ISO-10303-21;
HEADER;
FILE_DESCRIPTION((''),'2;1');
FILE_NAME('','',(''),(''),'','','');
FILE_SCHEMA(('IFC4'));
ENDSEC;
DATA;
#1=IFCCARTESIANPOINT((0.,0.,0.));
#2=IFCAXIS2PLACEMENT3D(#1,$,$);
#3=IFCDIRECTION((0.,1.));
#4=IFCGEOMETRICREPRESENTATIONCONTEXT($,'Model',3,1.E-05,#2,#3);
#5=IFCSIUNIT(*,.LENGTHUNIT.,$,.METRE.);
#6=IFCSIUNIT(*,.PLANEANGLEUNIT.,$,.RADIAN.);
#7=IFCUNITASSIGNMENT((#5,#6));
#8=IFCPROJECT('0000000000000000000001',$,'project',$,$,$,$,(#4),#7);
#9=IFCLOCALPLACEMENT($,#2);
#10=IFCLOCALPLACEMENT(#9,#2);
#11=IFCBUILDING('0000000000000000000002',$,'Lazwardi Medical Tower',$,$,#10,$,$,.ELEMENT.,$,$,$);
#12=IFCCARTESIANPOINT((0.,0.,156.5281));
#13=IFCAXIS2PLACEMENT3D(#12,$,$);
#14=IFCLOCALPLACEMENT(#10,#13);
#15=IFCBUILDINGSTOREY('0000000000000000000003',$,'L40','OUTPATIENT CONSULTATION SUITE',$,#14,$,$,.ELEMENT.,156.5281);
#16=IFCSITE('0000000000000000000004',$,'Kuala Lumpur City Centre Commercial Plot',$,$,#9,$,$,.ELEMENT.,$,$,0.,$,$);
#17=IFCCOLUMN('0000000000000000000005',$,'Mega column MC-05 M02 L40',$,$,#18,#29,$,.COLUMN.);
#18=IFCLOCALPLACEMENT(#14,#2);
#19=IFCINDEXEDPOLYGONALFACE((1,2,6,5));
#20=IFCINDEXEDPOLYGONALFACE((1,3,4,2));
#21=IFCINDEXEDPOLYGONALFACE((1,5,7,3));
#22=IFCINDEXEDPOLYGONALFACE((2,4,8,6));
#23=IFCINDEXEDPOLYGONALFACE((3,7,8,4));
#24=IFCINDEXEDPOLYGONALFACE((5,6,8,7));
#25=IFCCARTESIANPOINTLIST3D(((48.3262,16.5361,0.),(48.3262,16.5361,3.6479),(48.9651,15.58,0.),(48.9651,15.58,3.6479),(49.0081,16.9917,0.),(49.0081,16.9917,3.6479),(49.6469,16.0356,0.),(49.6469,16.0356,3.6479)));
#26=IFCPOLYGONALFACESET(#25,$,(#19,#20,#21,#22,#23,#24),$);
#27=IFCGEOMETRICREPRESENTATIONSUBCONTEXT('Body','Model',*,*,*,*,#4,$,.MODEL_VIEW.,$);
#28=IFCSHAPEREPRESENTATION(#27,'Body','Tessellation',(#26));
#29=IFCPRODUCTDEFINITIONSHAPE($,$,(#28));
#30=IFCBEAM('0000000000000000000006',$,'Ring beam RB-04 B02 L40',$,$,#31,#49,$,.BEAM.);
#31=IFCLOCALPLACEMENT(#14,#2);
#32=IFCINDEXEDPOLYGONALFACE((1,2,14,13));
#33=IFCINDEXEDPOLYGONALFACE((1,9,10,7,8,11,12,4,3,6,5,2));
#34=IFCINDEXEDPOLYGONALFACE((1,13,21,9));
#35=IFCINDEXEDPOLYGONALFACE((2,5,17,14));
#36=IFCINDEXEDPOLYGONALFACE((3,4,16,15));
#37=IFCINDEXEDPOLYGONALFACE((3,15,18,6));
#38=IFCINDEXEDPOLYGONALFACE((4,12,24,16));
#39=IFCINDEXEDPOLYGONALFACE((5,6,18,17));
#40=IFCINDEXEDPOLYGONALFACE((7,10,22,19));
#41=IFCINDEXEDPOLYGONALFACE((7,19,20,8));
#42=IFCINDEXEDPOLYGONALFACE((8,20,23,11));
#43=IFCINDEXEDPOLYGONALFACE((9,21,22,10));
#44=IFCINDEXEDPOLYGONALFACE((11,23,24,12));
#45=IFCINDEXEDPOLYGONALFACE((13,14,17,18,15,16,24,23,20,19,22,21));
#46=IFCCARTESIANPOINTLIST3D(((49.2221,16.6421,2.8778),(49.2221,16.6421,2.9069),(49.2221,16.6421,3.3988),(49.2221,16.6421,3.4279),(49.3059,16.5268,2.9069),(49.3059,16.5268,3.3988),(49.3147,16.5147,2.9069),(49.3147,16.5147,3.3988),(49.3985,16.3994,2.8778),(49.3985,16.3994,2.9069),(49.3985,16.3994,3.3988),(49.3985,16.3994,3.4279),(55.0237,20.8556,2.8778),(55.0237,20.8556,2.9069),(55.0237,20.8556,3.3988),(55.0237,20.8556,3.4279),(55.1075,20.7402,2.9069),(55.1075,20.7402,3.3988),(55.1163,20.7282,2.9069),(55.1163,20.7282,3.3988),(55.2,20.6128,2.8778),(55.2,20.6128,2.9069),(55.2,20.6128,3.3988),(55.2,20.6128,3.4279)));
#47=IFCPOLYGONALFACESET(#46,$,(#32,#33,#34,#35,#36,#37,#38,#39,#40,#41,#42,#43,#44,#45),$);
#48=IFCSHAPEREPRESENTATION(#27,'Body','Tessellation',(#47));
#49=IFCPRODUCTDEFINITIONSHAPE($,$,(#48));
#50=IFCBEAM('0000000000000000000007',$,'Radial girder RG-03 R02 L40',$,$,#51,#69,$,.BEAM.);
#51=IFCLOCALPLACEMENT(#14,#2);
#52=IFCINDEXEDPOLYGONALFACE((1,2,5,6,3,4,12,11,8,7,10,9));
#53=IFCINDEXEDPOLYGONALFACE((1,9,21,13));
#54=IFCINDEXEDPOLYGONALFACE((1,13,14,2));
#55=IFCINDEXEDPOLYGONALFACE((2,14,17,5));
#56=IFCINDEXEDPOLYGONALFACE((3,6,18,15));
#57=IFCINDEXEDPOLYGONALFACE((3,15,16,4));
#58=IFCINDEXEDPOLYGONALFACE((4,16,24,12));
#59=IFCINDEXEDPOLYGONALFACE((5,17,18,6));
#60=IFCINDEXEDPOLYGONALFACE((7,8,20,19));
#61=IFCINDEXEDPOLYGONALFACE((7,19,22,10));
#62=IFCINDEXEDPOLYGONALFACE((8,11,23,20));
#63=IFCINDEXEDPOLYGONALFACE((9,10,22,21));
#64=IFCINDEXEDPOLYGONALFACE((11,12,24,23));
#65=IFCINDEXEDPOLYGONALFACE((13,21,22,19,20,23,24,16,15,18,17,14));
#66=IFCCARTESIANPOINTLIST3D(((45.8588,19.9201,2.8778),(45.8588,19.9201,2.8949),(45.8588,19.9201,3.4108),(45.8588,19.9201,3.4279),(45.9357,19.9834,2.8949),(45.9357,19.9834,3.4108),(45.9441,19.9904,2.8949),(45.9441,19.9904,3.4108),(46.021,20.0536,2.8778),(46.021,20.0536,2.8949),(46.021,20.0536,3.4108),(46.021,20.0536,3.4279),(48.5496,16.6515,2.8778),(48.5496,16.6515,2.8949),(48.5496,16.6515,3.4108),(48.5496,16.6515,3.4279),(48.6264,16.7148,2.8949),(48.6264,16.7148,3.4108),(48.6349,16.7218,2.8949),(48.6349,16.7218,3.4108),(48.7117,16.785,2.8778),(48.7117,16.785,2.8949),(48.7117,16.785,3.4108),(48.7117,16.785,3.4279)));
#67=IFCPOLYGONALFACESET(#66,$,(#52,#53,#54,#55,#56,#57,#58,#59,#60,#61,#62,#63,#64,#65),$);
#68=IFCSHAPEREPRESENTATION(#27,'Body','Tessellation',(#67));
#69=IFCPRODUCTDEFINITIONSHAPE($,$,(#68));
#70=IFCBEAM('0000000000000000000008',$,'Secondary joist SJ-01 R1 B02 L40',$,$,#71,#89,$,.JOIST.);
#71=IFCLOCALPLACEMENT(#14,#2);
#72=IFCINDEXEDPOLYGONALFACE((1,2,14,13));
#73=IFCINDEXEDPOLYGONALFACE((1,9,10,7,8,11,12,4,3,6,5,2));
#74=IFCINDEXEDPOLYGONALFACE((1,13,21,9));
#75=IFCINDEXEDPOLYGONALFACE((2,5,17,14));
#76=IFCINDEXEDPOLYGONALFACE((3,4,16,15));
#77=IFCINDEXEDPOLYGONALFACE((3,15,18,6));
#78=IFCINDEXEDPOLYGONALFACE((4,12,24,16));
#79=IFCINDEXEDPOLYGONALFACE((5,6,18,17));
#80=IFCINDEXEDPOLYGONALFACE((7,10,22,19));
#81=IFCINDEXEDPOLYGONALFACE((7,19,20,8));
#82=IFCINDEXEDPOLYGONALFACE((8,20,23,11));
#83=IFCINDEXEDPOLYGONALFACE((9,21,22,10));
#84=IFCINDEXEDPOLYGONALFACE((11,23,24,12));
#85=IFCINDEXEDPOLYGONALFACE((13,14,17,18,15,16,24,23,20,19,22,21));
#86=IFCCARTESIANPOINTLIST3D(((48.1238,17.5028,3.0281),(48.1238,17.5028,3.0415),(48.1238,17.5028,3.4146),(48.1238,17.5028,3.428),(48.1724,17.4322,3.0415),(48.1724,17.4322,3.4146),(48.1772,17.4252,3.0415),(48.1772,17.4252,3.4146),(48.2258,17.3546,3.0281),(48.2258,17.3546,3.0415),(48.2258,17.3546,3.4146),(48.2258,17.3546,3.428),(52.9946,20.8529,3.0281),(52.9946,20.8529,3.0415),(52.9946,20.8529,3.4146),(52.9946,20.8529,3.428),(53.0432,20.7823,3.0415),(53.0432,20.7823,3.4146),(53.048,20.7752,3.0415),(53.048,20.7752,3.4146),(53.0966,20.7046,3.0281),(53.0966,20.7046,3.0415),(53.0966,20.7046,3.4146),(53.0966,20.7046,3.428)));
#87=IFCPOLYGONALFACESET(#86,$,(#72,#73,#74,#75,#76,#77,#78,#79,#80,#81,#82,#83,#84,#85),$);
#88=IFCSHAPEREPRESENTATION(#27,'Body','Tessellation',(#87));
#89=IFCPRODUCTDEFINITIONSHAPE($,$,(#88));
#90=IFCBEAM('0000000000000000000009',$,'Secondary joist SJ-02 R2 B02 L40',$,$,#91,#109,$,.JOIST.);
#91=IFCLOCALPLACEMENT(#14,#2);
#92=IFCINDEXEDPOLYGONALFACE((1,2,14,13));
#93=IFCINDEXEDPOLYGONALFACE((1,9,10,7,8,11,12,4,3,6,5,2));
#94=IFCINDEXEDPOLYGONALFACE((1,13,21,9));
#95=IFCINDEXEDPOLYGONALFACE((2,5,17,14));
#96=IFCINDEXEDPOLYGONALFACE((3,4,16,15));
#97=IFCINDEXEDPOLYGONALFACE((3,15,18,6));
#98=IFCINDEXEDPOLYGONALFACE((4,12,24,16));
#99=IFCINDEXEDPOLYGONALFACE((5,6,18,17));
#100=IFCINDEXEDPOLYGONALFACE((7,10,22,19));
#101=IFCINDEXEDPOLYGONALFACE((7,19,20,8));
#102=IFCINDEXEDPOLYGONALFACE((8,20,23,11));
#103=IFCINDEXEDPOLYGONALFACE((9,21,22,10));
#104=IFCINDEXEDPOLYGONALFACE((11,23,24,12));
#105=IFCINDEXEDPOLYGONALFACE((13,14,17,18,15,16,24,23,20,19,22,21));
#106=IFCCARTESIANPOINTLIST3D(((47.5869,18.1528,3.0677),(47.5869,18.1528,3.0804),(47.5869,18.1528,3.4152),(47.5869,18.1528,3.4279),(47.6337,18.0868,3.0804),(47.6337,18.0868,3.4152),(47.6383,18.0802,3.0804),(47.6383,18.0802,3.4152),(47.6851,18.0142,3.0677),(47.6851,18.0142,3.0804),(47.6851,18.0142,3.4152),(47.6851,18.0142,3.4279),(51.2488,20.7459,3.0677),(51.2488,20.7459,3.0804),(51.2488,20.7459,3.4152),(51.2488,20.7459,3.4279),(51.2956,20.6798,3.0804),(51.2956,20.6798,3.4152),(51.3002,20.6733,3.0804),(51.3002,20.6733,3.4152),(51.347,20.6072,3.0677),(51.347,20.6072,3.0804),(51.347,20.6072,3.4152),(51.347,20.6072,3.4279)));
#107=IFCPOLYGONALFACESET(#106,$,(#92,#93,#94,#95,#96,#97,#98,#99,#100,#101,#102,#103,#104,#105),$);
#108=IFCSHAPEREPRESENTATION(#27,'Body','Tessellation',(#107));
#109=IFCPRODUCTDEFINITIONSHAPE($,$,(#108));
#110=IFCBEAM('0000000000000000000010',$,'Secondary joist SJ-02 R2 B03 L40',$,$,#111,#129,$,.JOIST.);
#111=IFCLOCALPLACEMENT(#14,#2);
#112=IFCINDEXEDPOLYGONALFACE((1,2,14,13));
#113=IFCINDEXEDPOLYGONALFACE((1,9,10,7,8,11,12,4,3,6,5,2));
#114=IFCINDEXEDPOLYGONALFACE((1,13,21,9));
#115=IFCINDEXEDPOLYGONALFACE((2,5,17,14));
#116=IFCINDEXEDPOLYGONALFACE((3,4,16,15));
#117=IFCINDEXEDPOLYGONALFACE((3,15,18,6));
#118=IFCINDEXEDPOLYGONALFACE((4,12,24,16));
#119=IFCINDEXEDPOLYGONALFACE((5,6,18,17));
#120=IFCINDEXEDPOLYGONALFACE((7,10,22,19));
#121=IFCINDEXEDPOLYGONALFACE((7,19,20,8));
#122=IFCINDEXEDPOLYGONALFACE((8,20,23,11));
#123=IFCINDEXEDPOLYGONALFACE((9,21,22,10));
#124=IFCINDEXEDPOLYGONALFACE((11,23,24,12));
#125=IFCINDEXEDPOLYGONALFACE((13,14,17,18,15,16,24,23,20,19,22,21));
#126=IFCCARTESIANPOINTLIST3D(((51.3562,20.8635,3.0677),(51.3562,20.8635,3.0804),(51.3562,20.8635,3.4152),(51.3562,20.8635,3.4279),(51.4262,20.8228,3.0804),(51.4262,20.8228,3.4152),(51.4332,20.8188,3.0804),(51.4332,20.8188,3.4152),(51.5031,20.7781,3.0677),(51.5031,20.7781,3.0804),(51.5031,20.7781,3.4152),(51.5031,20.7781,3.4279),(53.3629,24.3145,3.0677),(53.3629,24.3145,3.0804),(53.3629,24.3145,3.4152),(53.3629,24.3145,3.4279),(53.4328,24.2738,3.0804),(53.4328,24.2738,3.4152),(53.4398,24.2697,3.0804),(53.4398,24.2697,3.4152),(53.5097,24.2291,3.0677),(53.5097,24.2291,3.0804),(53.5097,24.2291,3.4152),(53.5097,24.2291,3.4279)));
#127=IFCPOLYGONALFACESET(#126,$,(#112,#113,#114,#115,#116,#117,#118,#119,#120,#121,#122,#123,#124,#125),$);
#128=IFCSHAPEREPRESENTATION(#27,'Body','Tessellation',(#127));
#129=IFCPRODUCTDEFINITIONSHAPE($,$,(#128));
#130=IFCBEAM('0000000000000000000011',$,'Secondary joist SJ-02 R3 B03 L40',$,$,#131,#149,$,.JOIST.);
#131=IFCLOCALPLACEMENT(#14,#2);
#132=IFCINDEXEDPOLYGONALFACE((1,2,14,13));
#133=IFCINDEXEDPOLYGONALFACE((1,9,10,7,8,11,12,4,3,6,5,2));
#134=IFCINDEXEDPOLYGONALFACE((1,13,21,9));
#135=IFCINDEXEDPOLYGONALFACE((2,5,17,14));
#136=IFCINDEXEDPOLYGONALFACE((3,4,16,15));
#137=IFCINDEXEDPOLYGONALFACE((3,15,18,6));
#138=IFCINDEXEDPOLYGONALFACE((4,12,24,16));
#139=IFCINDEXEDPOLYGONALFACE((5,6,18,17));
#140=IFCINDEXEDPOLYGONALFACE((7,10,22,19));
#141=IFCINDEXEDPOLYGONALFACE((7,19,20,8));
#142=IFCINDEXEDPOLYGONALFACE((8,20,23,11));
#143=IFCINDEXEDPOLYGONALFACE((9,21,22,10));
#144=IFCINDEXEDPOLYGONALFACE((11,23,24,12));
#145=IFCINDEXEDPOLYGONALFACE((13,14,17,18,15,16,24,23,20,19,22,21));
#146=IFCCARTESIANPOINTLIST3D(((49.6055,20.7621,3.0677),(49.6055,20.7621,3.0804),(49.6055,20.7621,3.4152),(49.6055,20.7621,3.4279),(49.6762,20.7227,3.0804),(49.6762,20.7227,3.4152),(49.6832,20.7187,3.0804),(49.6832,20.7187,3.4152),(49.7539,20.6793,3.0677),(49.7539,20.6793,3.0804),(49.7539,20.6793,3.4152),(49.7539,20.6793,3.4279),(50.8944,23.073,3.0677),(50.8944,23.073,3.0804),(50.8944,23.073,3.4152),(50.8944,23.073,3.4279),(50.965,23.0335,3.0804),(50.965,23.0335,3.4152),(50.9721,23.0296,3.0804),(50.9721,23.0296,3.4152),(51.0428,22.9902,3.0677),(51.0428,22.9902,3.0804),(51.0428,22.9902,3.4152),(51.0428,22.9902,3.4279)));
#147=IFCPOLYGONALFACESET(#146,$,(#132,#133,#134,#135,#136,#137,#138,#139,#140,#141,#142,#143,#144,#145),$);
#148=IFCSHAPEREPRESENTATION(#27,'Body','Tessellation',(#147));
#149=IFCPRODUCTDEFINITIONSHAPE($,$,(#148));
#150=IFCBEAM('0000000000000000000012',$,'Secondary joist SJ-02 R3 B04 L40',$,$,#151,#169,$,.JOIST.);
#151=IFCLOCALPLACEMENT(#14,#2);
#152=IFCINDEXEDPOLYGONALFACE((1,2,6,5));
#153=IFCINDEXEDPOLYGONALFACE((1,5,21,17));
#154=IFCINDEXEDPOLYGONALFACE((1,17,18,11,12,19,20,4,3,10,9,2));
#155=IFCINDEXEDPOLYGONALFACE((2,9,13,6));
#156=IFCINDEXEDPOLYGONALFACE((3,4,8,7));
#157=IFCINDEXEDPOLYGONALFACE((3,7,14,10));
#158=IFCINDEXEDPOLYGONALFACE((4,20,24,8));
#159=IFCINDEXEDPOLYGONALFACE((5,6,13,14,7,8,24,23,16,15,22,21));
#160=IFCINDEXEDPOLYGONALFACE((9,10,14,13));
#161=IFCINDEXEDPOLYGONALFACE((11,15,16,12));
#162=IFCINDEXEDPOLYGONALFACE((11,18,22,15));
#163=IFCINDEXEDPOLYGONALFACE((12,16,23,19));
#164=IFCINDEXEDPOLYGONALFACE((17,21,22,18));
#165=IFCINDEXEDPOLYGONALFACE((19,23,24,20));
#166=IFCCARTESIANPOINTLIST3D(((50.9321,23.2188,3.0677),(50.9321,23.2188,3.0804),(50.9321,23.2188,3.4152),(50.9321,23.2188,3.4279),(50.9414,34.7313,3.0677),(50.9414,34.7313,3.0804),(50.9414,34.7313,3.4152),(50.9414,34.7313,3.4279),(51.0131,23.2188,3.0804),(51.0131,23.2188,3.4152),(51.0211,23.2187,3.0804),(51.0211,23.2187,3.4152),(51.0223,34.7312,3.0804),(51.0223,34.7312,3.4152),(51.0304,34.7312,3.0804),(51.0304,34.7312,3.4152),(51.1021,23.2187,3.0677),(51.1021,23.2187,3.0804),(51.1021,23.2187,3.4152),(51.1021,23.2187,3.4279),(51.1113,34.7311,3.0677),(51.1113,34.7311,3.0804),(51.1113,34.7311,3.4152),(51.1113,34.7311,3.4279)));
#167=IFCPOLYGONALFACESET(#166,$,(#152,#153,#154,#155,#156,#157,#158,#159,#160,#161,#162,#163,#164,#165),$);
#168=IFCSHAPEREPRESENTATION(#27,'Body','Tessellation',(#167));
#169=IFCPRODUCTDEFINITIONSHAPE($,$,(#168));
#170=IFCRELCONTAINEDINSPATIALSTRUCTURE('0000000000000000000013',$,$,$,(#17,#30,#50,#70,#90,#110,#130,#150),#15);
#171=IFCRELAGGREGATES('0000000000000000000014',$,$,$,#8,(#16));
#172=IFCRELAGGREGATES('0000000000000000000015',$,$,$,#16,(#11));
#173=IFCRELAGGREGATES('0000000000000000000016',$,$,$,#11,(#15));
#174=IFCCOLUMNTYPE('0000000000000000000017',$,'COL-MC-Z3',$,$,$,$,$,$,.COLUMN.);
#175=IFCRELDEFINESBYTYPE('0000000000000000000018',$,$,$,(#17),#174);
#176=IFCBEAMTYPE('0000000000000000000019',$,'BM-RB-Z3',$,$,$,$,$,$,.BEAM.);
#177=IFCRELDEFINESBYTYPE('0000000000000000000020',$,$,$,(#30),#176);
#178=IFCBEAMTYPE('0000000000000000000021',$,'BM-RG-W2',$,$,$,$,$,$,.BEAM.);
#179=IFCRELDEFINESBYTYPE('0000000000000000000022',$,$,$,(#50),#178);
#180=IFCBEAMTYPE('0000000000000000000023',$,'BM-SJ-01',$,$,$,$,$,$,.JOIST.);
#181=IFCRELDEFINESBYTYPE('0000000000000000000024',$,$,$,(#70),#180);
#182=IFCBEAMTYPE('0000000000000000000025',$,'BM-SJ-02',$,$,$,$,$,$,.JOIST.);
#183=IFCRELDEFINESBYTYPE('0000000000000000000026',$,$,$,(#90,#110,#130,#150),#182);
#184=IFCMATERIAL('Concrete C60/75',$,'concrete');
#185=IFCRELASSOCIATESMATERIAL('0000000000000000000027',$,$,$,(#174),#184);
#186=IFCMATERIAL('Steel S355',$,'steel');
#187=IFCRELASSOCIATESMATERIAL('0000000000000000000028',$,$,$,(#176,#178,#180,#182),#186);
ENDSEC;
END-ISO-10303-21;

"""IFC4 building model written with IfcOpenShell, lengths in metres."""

from ifc_helpers import new_model, si_unit, direction, frame, origin, origin_2d, place, context, subcontext, project, spatial, rectangle, i_section, extrude, material, material_profile, profile_set, type_object, element, save


model = new_model("IFC4")

# Units and contexts
model_context = context("Model", 3, precision=1e-05, world=origin(), true_north=direction((0.0, 1.0)))
body_context = subcontext(model_context, "Body", "Model", "MODEL_VIEW")
ifc_project = project(units=[si_unit("LENGTHUNIT", "METRE"), si_unit("PLANEANGLEUNIT", "RADIAN")], contexts=[model_context])

# Site, building, storey
site_placement = place(None, origin())
site = spatial("IfcSite", under=ifc_project, at=site_placement, Name="Kuala Lumpur City Centre Commercial Plot", CompositionType="ELEMENT", RefElevation=0.0)
building_placement = place(site_placement, origin())
building = spatial("IfcBuilding", under=site, at=building_placement, Name="Lazwardi Medical Tower", CompositionType="ELEMENT")
storey_placement = place(building_placement, frame((0.0, 0.0, 156.5281)))
storey = spatial("IfcBuildingStorey", under=building, at=storey_placement, Name="L40", Description="OUTPATIENT CONSULTATION SUITE", CompositionType="ELEMENT", Elevation=156.5281)

# Column
ifc_material_1 = material(Name="Concrete C60/75", Category="concrete")
ifc_material_profile_1 = material_profile(ifc_material_1, rectangle(XDim=1.1499, YDim=0.8201, at=origin_2d()), Name="CFT-RECT 1150x820")
ifc_profile_set_1 = profile_set([ifc_material_profile_1], Name="Concrete C60/75")
column_type = type_object("IfcColumnType", Name="COL-MC-Z3", PredefinedType="COLUMN", material=ifc_profile_set_1)
column_placement = place(storey_placement, frame((48.9866, 16.2859, 0.0), z_axis=(0.0, 0.0, 1.0), x_axis=(0.55557, -0.83147, 0.0)))
element("IfcColumn", 1, at=column_placement, inside=storey, type_object=column_type, Name="Mega column MC-05 M02 L40", PredefinedType="COLUMN", context=body_context, shape_type="SweptSolid", body=[
    extrude(rectangle(XDim=1.1499, YDim=0.8201, at=origin_2d()), origin(), (0.0, 0.0, 1.0), 3.6479),
])

# Beams
ifc_material_2 = material(Name="Steel S355", Category="steel")
ifc_material_profile_2 = material_profile(ifc_material_2, i_section(OverallWidth=0.3, OverallDepth=0.55, WebThickness=0.0149, FlangeThickness=0.0291, at=origin_2d()), Name="HEB 550")
ifc_profile_set_2 = profile_set([ifc_material_profile_2], Name="Steel S355")
beam_type_1 = type_object("IfcBeamType", Name="BM-RB-Z3", PredefinedType="BEAM", material=ifc_profile_set_2)
beam_1_placement = place(storey_placement, frame((49.3103, 16.5208, 3.1528), z_axis=(0.809128, 0.587633, 0.0), x_axis=(-0.587633, 0.809128, 0.0)))
element("IfcBeam", 2, at=beam_1_placement, inside=storey, type_object=beam_type_1, Name="Ring beam RB-04 B02 L40", PredefinedType="BEAM", context=body_context, shape_type="SweptSolid", body=[
    extrude(i_section(OverallWidth=0.3, OverallDepth=0.55, WebThickness=0.0149, FlangeThickness=0.0291, at=origin_2d()), origin(), (0.0, 0.0, 1.0), 7.1702),
])
ifc_material_profile_3 = material_profile(ifc_material_2, i_section(OverallWidth=0.21, OverallDepth=0.55, WebThickness=0.011, FlangeThickness=0.0171, at=origin_2d()), Name="IPE 550")
ifc_profile_set_3 = profile_set([ifc_material_profile_3], Name="Steel S355")
beam_type_2 = type_object("IfcBeamType", Name="BM-RG-W2", PredefinedType="BEAM", material=ifc_profile_set_3)
beam_2_placement = place(storey_placement, frame((48.6306, 16.7183, 3.1528), z_axis=(-0.635556, 0.772055, 0.0), x_axis=(-0.772055, -0.635556, 0.0)))
element("IfcBeam", 3, at=beam_2_placement, inside=storey, type_object=beam_type_2, Name="Radial girder RG-03 R02 L40", PredefinedType="BEAM", context=body_context, shape_type="SweptSolid", body=[
    extrude(i_section(OverallWidth=0.21, OverallDepth=0.55, WebThickness=0.011, FlangeThickness=0.0171, at=origin_2d()), origin(), (0.0, 0.0, 1.0), 4.2336),
])
ifc_material_profile_4 = material_profile(ifc_material_2, i_section(OverallWidth=0.1799, OverallDepth=0.3999, WebThickness=0.0085, FlangeThickness=0.0134, at=origin_2d()), Name="IPE 400")
ifc_profile_set_4 = profile_set([ifc_material_profile_4], Name="Steel S355")
beam_type_3 = type_object("IfcBeamType", Name="BM-SJ-01", PredefinedType="JOIST", material=ifc_profile_set_4)
beam_3_placement = place(storey_placement, frame((48.1748, 17.4287, 3.228), z_axis=(0.823932, 0.566688, 0.0), x_axis=(-0.566688, 0.823932, 0.0)))
element("IfcBeam", 4, at=beam_3_placement, inside=storey, type_object=beam_type_3, Name="Secondary joist SJ-01 R1 B02 L40", PredefinedType="JOIST", context=body_context, shape_type="SweptSolid", body=[
    extrude(i_section(OverallWidth=0.1799, OverallDepth=0.3999, WebThickness=0.0085, FlangeThickness=0.0134, at=origin_2d()), origin(), (0.0, 0.0, 1.0), 5.9116),
])
ifc_material_profile_5 = material_profile(ifc_material_2, i_section(OverallWidth=0.1699, OverallDepth=0.3601, WebThickness=0.0081, FlangeThickness=0.0127, at=origin_2d()), Name="IPE 360")
ifc_profile_set_5 = profile_set([ifc_material_profile_5], Name="Steel S355")
beam_type_4 = type_object("IfcBeamType", Name="BM-SJ-02", PredefinedType="JOIST", material=ifc_profile_set_5)
beam_4_placement = place(storey_placement, frame((47.636, 18.0835, 3.2478), z_axis=(0.816109, 0.577898, 0.0), x_axis=(-0.577898, 0.816109, 0.0)))
element("IfcBeam", 5, at=beam_4_placement, inside=storey, type_object=beam_type_4, Name="Secondary joist SJ-02 R2 B02 L40", PredefinedType="JOIST", context=body_context, shape_type="SweptSolid", body=[
    extrude(i_section(OverallWidth=0.1699, OverallDepth=0.3601, WebThickness=0.0081, FlangeThickness=0.0127, at=origin_2d()), origin(), (0.0, 0.0, 1.0), 4.4871),
])
beam_5_placement = place(storey_placement, frame((51.4297, 20.8208, 3.2478), z_axis=(0.502665, 0.864481, 0.0), x_axis=(-0.864481, 0.502665, 0.0)))
element("IfcBeam", 6, at=beam_5_placement, inside=storey, type_object=beam_type_4, Name="Secondary joist SJ-02 R2 B03 L40", PredefinedType="JOIST", context=body_context, shape_type="SweptSolid", body=[
    extrude(i_section(OverallWidth=0.1699, OverallDepth=0.3601, WebThickness=0.0081, FlangeThickness=0.0127, at=origin_2d()), origin(), (0.0, 0.0, 1.0), 3.9919),
])
beam_6_placement = place(storey_placement, frame((49.6797, 20.7207, 3.2478), z_axis=(0.487099, 0.873347, 0.0), x_axis=(-0.873347, 0.487099, 0.0)))
element("IfcBeam", 7, at=beam_6_placement, inside=storey, type_object=beam_type_4, Name="Secondary joist SJ-02 R3 B03 L40", PredefinedType="JOIST", context=body_context, shape_type="SweptSolid", body=[
    extrude(i_section(OverallWidth=0.1699, OverallDepth=0.3601, WebThickness=0.0081, FlangeThickness=0.0127, at=origin_2d()), origin(), (0.0, 0.0, 1.0), 2.646),
])
beam_7_placement = place(storey_placement, frame((51.0171, 23.2188, 3.2478), z_axis=(0.000806, 1.0, 0.0), x_axis=(-1.0, 0.000806, 0.0)))
element("IfcBeam", 8, at=beam_7_placement, inside=storey, type_object=beam_type_4, Name="Secondary joist SJ-02 R3 B04 L40", PredefinedType="JOIST", context=body_context, shape_type="SweptSolid", body=[
    extrude(i_section(OverallWidth=0.1699, OverallDepth=0.3601, WebThickness=0.0081, FlangeThickness=0.0127, at=origin_2d()), origin(), (0.0, 0.0, 1.0), 11.5125),
])

save(model, "model.ifc")
